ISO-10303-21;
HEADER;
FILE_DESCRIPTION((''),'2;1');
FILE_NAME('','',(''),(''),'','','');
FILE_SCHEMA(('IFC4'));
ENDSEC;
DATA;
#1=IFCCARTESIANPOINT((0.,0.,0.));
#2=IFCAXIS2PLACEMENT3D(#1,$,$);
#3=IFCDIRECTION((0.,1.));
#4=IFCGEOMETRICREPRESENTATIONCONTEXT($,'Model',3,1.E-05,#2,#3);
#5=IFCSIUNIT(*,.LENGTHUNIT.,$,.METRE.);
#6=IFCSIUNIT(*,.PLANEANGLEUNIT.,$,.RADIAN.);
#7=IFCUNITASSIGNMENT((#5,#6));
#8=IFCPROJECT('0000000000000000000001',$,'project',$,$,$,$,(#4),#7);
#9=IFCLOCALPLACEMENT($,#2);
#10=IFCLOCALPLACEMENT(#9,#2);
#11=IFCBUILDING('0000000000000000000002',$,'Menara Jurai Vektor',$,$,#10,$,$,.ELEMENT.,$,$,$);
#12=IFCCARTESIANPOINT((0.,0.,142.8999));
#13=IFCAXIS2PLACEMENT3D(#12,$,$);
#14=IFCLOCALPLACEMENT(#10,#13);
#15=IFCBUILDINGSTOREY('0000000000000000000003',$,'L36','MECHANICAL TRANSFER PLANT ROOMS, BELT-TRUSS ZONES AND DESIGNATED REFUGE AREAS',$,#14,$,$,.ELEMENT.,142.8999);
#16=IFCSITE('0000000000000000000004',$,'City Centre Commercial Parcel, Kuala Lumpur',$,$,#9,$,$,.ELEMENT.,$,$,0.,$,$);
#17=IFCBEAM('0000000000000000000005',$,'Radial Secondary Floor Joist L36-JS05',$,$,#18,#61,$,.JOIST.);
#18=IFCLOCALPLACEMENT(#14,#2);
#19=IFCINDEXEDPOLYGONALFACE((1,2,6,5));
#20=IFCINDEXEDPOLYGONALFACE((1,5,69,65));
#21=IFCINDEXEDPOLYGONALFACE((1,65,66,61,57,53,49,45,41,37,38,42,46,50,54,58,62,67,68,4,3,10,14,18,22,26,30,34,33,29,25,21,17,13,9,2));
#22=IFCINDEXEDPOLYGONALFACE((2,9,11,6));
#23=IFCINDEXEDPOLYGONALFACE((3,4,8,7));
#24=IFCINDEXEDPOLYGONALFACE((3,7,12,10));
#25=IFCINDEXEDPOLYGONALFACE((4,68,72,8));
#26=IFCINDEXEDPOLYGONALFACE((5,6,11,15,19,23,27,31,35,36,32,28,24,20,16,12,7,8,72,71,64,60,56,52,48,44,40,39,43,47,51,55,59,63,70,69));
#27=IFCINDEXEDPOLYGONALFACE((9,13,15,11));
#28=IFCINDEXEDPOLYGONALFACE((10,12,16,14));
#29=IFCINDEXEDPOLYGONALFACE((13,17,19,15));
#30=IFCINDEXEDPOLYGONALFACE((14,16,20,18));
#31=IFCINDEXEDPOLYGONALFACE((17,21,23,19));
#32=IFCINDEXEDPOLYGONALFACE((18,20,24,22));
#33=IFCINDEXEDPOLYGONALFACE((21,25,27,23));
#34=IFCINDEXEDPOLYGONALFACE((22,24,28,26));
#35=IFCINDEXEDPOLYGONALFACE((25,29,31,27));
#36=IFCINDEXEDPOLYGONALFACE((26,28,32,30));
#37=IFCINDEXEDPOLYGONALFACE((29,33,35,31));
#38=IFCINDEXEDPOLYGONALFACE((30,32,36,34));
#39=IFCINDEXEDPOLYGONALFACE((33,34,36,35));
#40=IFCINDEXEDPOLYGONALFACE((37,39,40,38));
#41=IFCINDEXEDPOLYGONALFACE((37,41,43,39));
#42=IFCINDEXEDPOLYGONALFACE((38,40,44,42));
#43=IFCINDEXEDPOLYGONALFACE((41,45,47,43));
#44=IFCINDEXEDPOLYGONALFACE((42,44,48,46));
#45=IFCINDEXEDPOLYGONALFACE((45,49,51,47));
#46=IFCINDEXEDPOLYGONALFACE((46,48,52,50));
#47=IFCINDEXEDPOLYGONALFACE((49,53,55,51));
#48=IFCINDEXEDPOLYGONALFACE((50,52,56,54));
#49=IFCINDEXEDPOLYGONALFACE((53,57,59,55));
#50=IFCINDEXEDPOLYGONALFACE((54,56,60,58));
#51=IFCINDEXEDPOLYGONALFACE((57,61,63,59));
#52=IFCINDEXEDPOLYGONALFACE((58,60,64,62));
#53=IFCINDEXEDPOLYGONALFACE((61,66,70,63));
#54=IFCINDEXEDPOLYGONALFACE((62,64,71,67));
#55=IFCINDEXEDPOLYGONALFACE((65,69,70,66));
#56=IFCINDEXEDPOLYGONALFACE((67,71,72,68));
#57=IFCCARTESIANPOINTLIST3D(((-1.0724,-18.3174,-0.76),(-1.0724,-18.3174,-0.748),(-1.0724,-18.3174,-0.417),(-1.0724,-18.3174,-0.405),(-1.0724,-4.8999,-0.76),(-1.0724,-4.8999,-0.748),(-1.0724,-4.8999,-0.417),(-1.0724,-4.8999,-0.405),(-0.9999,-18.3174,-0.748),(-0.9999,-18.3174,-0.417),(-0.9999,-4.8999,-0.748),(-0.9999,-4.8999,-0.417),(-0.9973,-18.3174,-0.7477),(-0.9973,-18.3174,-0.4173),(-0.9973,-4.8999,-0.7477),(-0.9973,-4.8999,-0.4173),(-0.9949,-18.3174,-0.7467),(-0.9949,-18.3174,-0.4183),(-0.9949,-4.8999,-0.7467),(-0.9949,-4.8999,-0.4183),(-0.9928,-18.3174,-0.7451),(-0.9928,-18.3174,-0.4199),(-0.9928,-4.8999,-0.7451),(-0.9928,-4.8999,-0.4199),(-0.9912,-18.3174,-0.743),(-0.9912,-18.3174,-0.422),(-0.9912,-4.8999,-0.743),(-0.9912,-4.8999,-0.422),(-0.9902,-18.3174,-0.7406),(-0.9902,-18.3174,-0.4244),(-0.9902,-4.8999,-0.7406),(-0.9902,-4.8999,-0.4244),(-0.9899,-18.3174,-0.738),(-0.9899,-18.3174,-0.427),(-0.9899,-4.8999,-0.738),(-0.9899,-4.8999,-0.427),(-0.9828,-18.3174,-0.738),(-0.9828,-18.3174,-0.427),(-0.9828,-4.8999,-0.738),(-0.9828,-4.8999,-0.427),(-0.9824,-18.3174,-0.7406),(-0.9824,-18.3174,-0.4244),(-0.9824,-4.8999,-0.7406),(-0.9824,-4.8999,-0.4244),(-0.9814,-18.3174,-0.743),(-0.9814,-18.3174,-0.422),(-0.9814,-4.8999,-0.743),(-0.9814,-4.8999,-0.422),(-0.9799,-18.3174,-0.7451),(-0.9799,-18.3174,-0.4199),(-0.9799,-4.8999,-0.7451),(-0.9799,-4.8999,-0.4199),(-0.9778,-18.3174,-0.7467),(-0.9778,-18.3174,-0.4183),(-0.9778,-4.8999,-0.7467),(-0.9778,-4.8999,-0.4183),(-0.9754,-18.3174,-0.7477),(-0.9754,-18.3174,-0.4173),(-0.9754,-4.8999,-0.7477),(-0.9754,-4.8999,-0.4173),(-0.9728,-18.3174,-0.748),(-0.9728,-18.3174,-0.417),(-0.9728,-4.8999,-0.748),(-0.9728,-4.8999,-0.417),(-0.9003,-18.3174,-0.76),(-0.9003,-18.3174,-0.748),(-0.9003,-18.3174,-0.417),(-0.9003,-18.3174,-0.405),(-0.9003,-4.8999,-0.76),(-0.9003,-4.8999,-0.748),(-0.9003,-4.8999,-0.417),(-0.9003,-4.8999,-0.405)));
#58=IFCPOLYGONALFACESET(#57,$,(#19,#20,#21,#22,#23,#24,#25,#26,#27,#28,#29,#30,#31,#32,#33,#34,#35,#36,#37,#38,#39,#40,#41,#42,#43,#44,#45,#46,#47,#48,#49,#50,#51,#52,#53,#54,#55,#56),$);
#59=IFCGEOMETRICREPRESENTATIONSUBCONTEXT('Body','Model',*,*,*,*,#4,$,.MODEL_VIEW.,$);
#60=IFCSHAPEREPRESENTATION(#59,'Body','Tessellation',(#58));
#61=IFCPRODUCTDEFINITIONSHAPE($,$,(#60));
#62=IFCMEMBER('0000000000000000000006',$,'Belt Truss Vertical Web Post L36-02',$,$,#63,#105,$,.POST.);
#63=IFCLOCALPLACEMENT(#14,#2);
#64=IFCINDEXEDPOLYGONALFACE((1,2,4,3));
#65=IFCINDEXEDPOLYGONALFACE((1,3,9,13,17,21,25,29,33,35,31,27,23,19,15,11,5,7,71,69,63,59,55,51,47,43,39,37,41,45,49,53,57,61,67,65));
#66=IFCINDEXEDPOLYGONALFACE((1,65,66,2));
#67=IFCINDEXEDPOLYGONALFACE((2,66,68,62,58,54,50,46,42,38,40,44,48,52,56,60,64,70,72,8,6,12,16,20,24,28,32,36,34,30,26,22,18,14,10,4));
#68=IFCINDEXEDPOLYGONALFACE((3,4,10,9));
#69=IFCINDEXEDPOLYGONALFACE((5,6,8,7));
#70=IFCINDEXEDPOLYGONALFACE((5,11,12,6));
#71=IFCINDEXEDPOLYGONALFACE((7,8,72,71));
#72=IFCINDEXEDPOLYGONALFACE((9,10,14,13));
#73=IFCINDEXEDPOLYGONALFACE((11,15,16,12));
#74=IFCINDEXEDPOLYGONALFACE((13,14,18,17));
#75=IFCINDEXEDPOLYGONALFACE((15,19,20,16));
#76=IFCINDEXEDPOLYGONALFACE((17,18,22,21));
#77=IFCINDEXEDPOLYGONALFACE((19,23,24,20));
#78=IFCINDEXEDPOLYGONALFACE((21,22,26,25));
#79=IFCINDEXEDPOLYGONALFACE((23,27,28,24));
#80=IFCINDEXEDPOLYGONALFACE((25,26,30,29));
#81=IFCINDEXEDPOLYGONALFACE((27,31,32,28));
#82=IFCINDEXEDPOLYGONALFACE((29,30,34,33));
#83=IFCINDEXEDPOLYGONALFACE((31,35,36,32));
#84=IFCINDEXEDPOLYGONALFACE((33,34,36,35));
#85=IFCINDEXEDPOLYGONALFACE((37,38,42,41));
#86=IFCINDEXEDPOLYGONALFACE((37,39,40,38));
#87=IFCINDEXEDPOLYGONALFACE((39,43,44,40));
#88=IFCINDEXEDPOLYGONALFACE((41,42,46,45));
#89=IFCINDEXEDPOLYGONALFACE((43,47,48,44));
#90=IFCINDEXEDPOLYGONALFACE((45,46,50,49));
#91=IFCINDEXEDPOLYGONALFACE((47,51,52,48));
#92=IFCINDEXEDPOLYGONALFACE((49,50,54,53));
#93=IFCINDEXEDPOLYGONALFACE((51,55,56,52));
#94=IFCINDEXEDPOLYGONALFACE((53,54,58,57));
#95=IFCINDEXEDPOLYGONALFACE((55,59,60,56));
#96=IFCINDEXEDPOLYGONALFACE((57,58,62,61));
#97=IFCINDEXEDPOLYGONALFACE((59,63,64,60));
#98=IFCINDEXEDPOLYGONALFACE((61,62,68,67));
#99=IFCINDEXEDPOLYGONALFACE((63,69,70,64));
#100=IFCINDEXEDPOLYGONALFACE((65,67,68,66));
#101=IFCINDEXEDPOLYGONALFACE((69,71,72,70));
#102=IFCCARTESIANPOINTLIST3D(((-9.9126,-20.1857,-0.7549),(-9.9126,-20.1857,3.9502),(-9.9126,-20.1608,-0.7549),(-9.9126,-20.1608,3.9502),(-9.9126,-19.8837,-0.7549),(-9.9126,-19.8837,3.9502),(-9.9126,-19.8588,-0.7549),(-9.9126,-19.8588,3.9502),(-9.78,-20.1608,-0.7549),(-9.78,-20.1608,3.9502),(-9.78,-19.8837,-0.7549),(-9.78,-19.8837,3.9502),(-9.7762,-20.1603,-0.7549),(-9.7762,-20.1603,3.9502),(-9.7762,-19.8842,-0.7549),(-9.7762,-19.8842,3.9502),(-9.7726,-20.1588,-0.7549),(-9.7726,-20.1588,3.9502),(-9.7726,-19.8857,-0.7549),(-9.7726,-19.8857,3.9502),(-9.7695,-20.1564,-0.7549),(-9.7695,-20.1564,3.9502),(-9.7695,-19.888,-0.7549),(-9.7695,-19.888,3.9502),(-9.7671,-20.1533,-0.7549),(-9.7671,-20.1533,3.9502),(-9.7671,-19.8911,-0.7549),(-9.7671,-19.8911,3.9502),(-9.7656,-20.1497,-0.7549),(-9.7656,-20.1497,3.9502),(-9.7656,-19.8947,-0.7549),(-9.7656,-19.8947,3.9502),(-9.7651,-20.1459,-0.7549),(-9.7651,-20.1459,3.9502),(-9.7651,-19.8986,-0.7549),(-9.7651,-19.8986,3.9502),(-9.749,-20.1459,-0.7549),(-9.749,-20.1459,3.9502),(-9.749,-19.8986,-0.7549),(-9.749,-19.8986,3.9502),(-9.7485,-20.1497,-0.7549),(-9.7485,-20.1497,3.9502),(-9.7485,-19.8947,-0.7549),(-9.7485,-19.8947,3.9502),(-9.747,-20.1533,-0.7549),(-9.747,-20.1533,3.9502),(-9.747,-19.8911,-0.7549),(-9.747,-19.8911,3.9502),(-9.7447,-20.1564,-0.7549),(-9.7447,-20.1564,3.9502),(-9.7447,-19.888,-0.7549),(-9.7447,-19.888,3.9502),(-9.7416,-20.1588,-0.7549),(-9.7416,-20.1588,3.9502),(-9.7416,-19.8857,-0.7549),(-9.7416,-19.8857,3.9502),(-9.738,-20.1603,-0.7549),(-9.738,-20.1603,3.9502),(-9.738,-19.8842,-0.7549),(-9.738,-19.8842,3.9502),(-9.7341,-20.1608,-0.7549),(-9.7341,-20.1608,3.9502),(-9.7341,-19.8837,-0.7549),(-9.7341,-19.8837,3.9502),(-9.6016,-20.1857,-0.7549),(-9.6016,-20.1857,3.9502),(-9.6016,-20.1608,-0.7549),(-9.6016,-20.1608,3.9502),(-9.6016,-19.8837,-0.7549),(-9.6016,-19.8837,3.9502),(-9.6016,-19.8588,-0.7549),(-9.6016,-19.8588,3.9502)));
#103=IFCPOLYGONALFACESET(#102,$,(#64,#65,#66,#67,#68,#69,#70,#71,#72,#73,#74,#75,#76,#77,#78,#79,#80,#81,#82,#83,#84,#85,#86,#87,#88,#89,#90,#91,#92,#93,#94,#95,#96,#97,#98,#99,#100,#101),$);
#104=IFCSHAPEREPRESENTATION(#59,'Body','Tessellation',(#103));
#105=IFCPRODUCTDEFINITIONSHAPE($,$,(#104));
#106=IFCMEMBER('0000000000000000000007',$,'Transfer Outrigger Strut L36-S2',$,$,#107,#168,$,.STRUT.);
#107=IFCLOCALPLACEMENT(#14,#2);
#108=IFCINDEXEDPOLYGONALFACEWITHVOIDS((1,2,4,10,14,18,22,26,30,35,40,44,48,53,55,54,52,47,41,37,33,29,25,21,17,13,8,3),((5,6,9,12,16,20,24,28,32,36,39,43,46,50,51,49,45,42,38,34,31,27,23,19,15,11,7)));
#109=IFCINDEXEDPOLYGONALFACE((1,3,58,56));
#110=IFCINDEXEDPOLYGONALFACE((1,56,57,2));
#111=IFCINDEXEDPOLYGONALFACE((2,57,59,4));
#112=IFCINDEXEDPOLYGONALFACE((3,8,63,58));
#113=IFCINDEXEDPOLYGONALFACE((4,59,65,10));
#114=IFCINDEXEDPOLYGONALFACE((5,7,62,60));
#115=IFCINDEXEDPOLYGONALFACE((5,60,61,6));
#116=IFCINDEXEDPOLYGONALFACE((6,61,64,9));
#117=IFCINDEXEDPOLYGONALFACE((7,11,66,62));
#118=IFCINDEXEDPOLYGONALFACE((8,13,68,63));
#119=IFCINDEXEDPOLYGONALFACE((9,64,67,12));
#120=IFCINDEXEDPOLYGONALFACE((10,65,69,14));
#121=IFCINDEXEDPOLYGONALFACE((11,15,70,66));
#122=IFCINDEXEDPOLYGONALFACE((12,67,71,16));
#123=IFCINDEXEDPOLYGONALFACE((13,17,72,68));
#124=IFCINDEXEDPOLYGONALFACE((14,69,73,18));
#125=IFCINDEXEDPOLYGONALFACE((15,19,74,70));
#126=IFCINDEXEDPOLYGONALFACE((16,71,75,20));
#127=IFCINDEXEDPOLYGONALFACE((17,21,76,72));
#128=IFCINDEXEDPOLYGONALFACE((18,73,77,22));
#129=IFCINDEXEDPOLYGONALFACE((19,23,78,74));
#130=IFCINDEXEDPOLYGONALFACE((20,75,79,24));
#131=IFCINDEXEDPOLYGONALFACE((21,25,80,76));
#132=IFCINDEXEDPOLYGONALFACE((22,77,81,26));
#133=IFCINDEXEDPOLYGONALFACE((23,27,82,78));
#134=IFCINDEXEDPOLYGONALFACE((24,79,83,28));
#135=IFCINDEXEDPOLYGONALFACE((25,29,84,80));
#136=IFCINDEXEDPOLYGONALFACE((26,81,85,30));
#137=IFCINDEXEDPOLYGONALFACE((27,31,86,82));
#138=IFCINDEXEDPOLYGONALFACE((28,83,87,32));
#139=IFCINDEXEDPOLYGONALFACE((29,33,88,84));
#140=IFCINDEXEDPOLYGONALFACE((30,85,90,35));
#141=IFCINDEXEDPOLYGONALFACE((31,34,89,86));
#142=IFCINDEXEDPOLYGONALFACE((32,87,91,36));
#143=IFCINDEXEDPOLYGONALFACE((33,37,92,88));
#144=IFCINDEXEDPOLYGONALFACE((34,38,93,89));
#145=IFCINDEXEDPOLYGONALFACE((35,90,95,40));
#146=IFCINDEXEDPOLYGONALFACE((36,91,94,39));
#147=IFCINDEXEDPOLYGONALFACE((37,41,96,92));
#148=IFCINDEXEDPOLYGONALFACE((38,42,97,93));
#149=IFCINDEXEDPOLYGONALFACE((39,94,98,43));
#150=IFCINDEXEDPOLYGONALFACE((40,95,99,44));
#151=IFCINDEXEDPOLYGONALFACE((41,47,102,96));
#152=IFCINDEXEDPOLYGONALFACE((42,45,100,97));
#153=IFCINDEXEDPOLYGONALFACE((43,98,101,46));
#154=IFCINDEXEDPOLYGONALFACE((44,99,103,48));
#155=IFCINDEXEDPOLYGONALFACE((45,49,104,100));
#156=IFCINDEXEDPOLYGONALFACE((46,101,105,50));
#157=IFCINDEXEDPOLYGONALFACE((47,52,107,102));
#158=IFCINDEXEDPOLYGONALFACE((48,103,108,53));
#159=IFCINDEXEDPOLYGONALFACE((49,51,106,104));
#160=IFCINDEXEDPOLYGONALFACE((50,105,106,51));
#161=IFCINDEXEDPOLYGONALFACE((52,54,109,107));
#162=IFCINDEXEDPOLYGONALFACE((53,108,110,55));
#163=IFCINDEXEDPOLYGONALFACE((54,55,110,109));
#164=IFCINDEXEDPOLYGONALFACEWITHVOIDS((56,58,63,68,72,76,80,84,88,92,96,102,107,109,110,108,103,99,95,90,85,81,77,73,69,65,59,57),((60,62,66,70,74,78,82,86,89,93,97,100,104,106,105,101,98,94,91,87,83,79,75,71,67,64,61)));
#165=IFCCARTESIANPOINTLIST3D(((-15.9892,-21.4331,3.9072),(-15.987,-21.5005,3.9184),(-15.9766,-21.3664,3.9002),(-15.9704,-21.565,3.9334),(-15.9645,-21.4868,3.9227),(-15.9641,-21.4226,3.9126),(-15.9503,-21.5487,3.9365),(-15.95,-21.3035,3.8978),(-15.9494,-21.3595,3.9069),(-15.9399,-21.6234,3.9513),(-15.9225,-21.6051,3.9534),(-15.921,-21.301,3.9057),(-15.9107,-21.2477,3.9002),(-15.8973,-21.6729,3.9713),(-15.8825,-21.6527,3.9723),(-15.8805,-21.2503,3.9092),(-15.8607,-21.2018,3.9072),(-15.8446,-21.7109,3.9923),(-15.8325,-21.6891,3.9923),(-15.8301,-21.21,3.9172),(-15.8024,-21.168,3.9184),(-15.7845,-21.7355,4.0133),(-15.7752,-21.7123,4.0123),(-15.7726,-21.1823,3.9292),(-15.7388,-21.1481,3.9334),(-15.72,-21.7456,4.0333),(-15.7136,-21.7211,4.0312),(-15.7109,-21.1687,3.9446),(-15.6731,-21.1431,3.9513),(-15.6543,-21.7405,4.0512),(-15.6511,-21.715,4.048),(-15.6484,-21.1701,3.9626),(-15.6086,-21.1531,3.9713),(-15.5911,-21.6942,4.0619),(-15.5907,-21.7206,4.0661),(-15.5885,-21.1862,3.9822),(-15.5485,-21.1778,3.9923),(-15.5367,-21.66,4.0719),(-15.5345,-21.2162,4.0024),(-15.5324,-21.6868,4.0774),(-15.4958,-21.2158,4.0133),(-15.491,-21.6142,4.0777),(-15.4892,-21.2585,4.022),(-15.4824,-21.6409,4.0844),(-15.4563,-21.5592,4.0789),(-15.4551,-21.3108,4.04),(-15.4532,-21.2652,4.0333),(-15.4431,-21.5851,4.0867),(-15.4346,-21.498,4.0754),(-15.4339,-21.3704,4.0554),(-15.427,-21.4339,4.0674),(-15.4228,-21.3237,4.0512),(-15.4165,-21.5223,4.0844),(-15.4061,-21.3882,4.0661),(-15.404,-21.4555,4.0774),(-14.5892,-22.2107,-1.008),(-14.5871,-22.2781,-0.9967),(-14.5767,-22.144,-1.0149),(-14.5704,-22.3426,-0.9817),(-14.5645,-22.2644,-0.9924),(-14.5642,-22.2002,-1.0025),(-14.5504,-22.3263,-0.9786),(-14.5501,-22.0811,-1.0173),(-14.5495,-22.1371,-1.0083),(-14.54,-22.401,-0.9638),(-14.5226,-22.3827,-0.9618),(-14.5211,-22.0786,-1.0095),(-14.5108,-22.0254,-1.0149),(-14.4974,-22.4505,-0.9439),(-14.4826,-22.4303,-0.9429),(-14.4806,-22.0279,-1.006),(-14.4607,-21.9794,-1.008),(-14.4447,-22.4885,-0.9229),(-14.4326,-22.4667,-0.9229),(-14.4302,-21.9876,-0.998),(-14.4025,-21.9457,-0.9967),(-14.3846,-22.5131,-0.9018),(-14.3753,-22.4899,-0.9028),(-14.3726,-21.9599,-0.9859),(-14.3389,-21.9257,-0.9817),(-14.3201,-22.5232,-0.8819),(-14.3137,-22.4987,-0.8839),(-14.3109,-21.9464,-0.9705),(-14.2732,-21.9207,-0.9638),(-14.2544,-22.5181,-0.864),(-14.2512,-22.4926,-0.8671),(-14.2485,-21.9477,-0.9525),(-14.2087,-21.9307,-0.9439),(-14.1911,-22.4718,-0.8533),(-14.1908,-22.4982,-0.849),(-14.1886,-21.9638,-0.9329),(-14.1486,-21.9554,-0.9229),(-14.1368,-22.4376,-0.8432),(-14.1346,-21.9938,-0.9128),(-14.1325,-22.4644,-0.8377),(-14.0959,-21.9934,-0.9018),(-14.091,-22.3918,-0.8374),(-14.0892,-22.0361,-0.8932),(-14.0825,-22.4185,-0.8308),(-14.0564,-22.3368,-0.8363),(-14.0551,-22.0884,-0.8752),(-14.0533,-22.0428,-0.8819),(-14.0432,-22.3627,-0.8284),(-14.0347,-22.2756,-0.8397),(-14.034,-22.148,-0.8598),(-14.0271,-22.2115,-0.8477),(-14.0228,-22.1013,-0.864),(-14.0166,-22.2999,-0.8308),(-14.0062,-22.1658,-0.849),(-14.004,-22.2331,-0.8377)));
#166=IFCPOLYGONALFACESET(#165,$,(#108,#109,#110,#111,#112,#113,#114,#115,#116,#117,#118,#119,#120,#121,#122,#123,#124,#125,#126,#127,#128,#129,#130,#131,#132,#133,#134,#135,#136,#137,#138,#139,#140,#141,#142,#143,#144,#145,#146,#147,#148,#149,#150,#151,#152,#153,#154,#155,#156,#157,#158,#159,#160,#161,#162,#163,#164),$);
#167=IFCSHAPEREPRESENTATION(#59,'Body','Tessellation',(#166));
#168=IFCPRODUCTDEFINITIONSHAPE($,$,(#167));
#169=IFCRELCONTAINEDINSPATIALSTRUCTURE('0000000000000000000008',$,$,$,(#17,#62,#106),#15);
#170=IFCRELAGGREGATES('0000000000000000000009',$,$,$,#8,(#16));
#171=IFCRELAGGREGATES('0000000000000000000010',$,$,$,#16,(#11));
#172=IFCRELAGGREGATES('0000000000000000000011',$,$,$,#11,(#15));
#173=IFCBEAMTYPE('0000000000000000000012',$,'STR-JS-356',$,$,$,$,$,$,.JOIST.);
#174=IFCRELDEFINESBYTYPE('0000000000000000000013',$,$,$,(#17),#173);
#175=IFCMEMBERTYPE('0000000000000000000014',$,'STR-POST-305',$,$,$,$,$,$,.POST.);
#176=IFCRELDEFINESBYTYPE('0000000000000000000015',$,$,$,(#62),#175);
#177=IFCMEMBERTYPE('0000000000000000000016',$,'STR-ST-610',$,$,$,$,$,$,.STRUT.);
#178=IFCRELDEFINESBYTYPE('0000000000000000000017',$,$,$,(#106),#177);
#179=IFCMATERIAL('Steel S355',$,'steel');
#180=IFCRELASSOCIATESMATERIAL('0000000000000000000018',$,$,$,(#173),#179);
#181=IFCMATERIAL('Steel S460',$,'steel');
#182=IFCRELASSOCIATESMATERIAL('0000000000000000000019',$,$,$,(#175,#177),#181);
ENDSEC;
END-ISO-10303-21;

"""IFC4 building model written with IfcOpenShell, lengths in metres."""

from ifc_helpers import new_model, si_unit, direction, frame, origin, origin_2d, place, context, subcontext, project, spatial, hollow_circle, i_section, extrude, material, material_profile, profile_set, type_object, element, save


model = new_model("IFC4")

# Units and contexts
model_context = context("Model", 3, precision=1e-05, world=origin(), true_north=direction((0.0, 1.0)))
body_context = subcontext(model_context, "Body", "Model", "MODEL_VIEW")
ifc_project = project(units=[si_unit("LENGTHUNIT", "METRE"), si_unit("PLANEANGLEUNIT", "RADIAN")], contexts=[model_context])

# Site, building, storey
site_placement = place(None, origin())
site = spatial("IfcSite", under=ifc_project, at=site_placement, Name="City Centre Commercial Parcel, Kuala Lumpur", CompositionType="ELEMENT", RefElevation=0.0)
building_placement = place(site_placement, origin())
building = spatial("IfcBuilding", under=site, at=building_placement, Name="Menara Jurai Vektor", CompositionType="ELEMENT")
storey_placement = place(building_placement, frame((0.0, 0.0, 142.8999)))
storey = spatial("IfcBuildingStorey", under=building, at=storey_placement, Name="L36", Description="MECHANICAL TRANSFER PLANT ROOMS, BELT-TRUSS ZONES AND DESIGNATED REFUGE AREAS", CompositionType="ELEMENT", Elevation=142.8999)

# Shared definitions
ifc_material_1 = material(Name="Steel S460", Category="steel")

# Shared definitions
ifc_material_2 = material(Name="Steel S355", Category="steel")

# Beam
ifc_material_profile_1 = material_profile(ifc_material_2, i_section(OverallWidth=0.1721, OverallDepth=0.355, WebThickness=0.0071, FlangeThickness=0.012, FilletRadius=0.01, at=origin_2d()), Name="UKB 356x171x51")
ifc_profile_set_1 = profile_set([ifc_material_profile_1], Name="Steel S355")
beam_type_1 = type_object("IfcBeamType", Name="STR-JS-356", PredefinedType="JOIST", material=ifc_profile_set_1)
beam_1_placement = place(storey_placement, frame((-0.9863, -18.3174, -0.5825), z_axis=(0.0, 1.0, 0.0), x_axis=(-1.0, 0.0, 0.0)))
element("IfcBeam", 1, at=beam_1_placement, inside=storey, type_object=beam_type_1, Name="Radial Secondary Floor Joist L36-JS05", PredefinedType="JOIST", context=body_context, shape_type="SweptSolid", body=[
    extrude(i_section(OverallWidth=0.1721, OverallDepth=0.355, WebThickness=0.0071, FlangeThickness=0.012, FilletRadius=0.01, at=origin_2d()), origin(), (0.0, 0.0, 1.0), 13.4175),
])

# Members
ifc_material_profile_2 = material_profile(ifc_material_1, i_section(OverallWidth=0.311, OverallDepth=0.3269, WebThickness=0.0161, FlangeThickness=0.0249, FilletRadius=0.0149, at=origin_2d()), Name="UKC 305x305x158")
ifc_profile_set_2 = profile_set([ifc_material_profile_2], Name="Steel S460")
member_type_1 = type_object("IfcMemberType", Name="STR-POST-305", PredefinedType="POST", material=ifc_profile_set_2)
member_1_placement = place(storey_placement, frame((-9.7571, -20.0222, -0.7549), z_axis=(0.0, 0.0, 1.0), x_axis=(1.0, 0.0, 0.0)))
element("IfcMember", 2, at=member_1_placement, inside=storey, type_object=member_type_1, Name="Belt Truss Vertical Web Post L36-02", PredefinedType="POST", context=body_context, shape_type="SweptSolid", body=[
    extrude(i_section(OverallWidth=0.311, OverallDepth=0.3269, WebThickness=0.0161, FlangeThickness=0.0249, FilletRadius=0.0149, at=origin_2d()), origin(), (0.0, 0.0, 1.0), 4.7051),
])
ifc_material_profile_3 = material_profile(ifc_material_1, hollow_circle(Radius=0.3049, WallThickness=0.0249, at=origin_2d()), Name="CHS 610x25")
ifc_profile_set_3 = profile_set([ifc_material_profile_3], Name="Steel S460")
member_type_2 = type_object("IfcMemberType", Name="STR-ST-610", PredefinedType="STRUT", material=ifc_profile_set_3)
member_2_placement = place(storey_placement, frame((-14.2966, -22.2219, -0.9229), z_axis=(-0.270809, 0.150423, 0.950808), x_axis=(-0.485578, -0.874193, 0.0)))
element("IfcMember", 3, at=member_2_placement, inside=storey, type_object=member_type_2, Name="Transfer Outrigger Strut L36-S2", PredefinedType="STRUT", context=body_context, shape_type="SweptSolid", body=[
    extrude(hollow_circle(Radius=0.3049, WallThickness=0.0249, at=origin_2d()), origin(), (0.0, 0.0, 1.0), 5.1694),
])

save(model, "model.ifc")
